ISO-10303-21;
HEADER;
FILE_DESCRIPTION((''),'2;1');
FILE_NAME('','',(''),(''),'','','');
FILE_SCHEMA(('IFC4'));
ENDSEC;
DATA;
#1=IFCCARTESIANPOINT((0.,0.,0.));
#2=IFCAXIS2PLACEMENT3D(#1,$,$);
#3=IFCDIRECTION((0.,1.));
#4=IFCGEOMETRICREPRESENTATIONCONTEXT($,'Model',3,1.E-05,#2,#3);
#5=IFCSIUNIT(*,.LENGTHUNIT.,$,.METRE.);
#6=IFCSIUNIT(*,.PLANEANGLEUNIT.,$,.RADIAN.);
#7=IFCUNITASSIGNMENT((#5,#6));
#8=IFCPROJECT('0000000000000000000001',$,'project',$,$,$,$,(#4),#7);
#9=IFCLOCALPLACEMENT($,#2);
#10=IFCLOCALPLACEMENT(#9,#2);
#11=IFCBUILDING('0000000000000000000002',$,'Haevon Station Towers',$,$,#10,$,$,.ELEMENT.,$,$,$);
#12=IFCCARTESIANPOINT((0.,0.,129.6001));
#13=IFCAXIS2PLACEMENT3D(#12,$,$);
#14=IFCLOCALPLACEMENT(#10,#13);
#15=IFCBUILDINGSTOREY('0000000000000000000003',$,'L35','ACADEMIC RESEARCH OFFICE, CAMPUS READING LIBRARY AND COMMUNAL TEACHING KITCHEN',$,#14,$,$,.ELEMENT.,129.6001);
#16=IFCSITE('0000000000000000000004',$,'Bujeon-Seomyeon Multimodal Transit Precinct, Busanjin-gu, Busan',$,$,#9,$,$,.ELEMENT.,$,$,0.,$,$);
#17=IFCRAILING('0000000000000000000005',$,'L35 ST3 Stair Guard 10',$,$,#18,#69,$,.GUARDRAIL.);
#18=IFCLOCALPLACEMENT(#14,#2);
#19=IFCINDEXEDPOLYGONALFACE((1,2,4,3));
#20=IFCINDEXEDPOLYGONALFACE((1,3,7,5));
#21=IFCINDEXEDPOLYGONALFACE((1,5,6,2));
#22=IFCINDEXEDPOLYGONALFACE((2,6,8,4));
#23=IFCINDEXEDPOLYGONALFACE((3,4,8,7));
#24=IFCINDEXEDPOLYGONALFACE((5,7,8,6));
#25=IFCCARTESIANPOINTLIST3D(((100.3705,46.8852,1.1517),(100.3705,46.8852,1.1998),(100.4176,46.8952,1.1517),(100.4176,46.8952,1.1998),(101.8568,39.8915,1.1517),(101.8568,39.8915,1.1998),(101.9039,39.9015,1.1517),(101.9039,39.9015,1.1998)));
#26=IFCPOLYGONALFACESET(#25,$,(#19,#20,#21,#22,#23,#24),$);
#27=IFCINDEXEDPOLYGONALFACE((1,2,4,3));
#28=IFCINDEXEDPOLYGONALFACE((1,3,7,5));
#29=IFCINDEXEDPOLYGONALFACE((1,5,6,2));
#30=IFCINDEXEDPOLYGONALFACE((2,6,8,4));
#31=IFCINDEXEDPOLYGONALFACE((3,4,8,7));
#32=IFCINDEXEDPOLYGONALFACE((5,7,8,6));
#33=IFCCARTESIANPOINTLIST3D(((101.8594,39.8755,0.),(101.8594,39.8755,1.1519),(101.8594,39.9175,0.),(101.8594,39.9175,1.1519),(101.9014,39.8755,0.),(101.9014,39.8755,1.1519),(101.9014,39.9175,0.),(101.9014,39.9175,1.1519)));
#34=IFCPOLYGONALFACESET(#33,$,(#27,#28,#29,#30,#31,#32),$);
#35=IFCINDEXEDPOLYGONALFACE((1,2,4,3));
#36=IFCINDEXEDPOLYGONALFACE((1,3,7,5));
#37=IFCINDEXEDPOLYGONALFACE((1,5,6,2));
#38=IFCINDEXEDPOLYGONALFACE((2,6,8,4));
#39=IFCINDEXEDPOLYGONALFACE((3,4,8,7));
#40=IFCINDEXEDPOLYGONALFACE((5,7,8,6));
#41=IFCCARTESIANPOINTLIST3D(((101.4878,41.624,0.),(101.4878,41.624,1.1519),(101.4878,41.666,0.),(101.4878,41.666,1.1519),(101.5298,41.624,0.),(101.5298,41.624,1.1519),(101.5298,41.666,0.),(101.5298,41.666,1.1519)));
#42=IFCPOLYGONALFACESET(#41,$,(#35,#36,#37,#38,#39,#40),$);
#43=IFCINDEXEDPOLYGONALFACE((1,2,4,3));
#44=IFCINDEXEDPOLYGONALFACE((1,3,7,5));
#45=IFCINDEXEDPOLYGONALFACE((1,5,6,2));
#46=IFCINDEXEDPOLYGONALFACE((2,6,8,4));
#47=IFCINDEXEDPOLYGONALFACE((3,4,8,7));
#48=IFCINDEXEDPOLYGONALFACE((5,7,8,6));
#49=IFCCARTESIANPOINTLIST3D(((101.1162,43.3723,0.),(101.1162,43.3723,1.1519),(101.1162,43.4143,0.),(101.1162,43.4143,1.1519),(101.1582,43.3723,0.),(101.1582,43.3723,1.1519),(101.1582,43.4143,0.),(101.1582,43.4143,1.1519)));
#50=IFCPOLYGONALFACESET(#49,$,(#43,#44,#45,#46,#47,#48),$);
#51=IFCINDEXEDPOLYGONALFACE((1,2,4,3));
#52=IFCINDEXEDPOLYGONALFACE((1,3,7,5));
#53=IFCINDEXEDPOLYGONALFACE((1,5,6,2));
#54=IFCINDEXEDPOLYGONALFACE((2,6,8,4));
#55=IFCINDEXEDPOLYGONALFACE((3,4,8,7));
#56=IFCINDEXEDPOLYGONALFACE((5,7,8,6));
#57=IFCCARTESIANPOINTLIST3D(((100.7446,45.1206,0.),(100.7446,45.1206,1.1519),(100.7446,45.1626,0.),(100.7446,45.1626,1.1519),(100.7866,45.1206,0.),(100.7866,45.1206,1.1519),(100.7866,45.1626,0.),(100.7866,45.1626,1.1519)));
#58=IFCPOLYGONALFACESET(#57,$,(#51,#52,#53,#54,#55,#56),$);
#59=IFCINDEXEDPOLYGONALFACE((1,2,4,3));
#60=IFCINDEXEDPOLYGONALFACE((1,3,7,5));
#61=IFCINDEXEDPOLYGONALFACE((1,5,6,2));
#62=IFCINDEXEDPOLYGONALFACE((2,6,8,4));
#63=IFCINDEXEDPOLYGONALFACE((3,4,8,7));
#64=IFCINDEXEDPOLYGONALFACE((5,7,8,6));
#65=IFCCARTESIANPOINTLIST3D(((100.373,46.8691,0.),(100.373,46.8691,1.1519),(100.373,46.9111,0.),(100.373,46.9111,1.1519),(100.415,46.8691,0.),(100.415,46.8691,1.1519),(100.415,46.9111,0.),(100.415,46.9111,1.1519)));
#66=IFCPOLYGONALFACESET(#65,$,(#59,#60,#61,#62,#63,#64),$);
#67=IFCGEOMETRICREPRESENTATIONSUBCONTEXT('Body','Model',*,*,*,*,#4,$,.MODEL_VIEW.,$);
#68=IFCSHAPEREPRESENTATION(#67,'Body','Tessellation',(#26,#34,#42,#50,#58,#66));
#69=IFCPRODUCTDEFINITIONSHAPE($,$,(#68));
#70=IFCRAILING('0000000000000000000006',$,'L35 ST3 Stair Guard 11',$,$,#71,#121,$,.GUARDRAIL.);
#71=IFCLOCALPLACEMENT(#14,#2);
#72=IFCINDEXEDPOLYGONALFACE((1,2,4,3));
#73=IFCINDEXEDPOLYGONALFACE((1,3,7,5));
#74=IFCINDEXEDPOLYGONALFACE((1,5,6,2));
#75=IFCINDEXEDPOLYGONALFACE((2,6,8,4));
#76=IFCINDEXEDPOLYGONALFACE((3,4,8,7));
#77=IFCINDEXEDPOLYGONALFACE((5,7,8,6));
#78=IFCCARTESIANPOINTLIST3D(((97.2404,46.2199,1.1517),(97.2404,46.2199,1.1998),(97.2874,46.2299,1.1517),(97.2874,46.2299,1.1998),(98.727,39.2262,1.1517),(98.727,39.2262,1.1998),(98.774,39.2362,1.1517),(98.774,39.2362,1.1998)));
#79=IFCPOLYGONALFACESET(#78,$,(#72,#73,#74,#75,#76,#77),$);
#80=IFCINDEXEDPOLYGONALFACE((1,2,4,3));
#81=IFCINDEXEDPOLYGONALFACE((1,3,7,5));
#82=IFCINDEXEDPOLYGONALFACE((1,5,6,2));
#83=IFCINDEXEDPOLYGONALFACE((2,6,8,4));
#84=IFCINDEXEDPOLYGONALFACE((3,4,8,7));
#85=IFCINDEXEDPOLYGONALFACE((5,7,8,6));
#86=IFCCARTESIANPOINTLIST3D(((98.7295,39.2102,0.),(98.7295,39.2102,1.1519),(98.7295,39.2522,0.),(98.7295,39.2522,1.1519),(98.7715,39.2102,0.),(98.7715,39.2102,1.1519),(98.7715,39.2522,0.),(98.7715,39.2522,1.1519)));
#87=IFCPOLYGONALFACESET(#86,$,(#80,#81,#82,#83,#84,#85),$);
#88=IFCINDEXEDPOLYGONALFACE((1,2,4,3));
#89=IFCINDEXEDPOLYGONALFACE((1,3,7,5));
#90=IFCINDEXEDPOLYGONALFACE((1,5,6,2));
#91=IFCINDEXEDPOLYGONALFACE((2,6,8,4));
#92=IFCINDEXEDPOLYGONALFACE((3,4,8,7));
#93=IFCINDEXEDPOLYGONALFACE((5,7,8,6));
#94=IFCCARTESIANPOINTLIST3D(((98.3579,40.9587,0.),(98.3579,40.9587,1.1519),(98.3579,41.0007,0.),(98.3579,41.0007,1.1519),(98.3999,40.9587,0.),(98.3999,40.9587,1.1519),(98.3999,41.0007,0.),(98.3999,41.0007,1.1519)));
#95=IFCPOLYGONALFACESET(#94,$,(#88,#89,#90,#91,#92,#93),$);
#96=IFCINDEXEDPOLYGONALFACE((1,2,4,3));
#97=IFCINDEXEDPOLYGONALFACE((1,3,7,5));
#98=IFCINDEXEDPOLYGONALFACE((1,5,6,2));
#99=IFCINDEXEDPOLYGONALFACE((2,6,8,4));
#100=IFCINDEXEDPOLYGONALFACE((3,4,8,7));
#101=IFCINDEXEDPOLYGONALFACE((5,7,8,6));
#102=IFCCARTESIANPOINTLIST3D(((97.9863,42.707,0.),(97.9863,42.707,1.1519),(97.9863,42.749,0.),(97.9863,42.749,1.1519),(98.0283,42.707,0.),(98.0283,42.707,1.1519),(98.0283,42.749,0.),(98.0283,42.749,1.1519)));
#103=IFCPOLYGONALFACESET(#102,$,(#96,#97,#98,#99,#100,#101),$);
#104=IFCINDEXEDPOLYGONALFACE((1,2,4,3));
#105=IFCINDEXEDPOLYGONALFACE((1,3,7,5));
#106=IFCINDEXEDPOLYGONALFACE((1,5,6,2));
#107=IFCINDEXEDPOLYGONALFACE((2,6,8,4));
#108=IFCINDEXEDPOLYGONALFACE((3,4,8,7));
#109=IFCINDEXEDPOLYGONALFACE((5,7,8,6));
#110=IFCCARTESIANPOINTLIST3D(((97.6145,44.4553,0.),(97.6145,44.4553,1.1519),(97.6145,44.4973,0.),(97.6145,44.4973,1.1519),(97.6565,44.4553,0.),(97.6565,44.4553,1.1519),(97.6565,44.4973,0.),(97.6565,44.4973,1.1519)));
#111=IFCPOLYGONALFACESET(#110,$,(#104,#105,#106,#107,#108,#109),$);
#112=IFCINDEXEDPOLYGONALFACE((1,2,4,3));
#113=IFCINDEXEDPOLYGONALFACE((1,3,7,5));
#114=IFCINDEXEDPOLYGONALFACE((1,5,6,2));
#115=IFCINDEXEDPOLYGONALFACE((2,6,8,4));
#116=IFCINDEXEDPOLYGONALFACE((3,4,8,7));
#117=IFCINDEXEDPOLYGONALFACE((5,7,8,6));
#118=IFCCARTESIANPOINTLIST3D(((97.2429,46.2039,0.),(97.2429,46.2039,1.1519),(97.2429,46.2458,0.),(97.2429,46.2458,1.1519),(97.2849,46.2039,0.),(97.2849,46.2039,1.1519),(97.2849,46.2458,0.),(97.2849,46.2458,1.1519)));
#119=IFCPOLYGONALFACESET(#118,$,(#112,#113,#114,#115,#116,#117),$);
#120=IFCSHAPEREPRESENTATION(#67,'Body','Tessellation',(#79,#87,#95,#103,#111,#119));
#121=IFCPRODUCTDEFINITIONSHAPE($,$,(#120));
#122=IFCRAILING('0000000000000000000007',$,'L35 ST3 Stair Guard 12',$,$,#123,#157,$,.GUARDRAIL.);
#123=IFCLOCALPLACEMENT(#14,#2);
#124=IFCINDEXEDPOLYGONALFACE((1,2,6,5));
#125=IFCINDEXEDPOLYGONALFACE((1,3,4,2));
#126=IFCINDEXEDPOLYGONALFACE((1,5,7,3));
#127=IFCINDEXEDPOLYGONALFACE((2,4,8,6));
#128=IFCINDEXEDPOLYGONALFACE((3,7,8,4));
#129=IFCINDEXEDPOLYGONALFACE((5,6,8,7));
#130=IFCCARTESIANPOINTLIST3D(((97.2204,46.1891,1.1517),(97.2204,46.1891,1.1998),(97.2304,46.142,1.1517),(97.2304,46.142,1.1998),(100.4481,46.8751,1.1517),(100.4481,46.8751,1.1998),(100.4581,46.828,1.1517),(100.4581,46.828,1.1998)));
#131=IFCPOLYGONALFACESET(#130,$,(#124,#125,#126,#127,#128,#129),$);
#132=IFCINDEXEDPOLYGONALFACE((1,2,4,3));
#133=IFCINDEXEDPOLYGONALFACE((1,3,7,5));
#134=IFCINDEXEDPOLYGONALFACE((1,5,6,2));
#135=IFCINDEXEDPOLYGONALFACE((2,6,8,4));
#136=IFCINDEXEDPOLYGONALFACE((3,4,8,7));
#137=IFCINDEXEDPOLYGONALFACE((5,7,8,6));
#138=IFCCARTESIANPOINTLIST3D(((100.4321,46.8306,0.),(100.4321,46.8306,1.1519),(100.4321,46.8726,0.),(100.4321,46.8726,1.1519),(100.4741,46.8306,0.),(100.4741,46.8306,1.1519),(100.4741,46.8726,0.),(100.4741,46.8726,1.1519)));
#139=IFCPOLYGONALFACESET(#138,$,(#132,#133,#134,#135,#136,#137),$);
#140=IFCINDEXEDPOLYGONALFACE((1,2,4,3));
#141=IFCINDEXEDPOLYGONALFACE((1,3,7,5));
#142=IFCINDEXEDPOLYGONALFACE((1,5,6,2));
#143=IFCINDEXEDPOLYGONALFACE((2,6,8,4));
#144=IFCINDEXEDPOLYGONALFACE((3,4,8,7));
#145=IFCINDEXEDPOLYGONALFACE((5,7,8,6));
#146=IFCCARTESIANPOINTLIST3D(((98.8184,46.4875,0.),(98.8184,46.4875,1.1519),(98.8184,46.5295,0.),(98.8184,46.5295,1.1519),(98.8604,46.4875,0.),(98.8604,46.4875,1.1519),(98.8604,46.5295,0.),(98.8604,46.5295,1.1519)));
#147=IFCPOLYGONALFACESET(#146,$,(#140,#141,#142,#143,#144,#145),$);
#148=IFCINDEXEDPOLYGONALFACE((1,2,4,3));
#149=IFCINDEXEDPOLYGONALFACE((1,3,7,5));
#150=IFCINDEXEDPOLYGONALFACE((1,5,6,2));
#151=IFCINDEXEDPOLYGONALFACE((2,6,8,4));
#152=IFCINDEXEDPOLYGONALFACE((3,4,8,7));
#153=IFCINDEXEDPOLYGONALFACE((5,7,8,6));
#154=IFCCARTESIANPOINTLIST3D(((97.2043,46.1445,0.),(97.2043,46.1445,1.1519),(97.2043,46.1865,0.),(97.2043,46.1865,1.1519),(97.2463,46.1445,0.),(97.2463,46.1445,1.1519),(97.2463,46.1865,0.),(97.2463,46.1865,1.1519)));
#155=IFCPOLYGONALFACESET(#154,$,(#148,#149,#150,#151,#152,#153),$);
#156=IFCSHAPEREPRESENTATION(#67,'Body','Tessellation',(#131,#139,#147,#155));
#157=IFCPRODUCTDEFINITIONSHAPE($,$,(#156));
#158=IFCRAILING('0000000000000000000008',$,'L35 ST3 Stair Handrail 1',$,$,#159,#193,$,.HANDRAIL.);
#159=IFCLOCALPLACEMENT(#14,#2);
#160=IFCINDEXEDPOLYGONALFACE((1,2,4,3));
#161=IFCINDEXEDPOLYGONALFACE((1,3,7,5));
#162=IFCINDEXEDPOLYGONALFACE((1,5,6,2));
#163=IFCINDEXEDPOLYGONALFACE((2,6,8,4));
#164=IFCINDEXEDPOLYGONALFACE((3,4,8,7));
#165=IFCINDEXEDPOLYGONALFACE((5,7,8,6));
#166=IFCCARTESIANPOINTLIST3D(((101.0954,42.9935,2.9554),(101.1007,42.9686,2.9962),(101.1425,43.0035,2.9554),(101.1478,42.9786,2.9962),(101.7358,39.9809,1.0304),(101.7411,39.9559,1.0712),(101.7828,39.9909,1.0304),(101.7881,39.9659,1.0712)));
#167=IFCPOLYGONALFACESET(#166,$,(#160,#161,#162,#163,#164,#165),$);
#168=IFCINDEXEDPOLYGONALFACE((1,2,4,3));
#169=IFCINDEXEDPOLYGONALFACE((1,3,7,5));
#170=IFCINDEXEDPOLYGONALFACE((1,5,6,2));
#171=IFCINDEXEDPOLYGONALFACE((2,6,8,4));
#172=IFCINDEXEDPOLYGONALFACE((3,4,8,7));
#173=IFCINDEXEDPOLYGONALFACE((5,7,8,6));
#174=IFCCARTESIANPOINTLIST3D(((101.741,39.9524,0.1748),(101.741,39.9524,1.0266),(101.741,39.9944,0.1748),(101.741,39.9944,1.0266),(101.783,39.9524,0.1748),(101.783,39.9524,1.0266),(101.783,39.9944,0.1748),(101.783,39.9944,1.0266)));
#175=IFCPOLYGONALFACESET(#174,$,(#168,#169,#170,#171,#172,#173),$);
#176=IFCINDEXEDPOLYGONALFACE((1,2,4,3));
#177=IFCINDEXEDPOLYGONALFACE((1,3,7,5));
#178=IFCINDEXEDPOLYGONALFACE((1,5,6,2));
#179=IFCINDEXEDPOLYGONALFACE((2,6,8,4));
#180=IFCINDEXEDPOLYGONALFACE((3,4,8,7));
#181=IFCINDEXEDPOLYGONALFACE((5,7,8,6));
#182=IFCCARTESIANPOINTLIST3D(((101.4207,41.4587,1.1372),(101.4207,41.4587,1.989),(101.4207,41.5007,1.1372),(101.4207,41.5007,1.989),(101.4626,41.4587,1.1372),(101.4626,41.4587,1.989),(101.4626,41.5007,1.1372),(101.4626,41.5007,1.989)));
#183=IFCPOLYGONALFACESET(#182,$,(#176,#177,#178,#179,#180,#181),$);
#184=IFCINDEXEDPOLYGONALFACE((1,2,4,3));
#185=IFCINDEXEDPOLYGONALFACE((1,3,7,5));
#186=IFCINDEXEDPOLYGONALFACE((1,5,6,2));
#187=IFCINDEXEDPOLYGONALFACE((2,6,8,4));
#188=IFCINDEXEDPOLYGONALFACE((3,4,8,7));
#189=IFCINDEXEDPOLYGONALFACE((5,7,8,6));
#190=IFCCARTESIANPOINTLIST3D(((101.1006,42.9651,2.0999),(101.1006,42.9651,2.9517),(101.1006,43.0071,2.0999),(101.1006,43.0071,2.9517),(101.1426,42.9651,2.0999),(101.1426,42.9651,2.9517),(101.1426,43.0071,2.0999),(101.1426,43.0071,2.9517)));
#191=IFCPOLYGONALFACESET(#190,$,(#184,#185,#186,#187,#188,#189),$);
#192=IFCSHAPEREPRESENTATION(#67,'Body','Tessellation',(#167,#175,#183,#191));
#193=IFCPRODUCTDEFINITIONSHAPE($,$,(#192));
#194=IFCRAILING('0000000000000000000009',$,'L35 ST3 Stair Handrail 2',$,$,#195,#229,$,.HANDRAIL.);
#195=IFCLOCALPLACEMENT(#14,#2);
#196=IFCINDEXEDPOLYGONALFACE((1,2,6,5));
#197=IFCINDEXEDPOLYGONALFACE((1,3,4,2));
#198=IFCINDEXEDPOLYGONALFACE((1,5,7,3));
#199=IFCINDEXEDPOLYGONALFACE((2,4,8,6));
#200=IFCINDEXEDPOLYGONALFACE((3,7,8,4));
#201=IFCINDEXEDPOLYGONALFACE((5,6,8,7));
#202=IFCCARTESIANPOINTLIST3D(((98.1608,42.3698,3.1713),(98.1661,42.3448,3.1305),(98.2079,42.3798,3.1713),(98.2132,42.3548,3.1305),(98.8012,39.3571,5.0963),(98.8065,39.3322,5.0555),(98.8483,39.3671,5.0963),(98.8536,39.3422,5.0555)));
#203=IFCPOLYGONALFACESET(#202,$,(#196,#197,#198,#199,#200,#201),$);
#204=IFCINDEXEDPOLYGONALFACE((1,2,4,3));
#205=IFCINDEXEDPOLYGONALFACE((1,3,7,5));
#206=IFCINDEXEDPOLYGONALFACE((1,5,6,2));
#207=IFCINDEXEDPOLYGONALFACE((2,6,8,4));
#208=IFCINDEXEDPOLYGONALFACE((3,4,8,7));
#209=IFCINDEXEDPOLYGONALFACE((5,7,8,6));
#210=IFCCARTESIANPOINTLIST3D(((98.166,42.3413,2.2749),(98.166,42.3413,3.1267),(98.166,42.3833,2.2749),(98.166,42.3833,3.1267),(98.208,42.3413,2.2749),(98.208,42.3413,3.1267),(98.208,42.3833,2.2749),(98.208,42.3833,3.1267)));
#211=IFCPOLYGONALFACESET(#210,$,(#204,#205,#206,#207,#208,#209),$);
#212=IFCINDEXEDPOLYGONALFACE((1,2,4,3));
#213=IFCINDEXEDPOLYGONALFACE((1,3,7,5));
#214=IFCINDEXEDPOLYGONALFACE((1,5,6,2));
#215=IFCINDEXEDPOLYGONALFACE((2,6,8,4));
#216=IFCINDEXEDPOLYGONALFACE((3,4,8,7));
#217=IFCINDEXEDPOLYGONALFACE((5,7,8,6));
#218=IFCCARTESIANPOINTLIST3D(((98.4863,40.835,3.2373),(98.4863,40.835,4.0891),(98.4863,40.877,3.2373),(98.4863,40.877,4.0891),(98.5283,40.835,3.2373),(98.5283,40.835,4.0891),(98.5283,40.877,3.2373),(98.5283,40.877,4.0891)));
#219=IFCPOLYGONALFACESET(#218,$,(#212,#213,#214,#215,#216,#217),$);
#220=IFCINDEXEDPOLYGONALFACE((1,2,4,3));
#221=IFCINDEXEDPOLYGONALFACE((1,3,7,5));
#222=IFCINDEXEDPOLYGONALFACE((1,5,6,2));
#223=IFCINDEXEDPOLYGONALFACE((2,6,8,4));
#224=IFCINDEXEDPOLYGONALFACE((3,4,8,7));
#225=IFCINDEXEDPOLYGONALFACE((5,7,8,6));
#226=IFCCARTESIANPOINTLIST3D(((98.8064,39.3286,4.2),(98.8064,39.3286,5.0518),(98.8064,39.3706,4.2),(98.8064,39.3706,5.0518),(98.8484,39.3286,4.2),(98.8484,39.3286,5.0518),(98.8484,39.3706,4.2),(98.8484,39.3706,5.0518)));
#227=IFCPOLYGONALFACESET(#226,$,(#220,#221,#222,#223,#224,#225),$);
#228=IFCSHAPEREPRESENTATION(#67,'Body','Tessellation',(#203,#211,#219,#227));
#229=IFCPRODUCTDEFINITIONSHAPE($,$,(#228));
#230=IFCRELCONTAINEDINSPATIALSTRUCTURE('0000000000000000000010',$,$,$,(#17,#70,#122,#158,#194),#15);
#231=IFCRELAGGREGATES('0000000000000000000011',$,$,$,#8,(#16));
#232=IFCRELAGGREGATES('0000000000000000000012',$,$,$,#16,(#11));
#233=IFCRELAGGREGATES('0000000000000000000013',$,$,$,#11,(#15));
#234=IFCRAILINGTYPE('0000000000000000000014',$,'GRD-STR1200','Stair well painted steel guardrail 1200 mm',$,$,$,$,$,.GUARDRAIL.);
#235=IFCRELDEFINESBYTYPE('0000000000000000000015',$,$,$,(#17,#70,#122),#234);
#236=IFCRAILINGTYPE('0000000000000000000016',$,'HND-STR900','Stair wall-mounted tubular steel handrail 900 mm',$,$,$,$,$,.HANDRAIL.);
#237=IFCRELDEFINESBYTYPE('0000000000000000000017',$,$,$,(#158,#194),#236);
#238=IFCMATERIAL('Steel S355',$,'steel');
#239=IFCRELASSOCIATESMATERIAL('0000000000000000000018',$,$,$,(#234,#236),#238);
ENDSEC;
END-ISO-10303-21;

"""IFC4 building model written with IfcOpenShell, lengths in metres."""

from ifc_helpers import new_model, si_unit, direction, frame, origin, origin_2d, place, context, subcontext, project, spatial, rectangle, extrude, material, type_object, element, save


model = new_model("IFC4")

# Units and contexts
model_context = context("Model", 3, precision=1e-05, world=origin(), true_north=direction((0.0, 1.0)))
body_context = subcontext(model_context, "Body", "Model", "MODEL_VIEW")
ifc_project = project(units=[si_unit("LENGTHUNIT", "METRE"), si_unit("PLANEANGLEUNIT", "RADIAN")], contexts=[model_context])

# Site, building, storey
site_placement = place(None, origin())
site = spatial("IfcSite", under=ifc_project, at=site_placement, Name="Bujeon-Seomyeon Multimodal Transit Precinct, Busanjin-gu, Busan", CompositionType="ELEMENT", RefElevation=0.0)
building_placement = place(site_placement, origin())
building = spatial("IfcBuilding", under=site, at=building_placement, Name="Haevon Station Towers", CompositionType="ELEMENT")
storey_placement = place(building_placement, frame((0.0, 0.0, 129.6001)))
storey = spatial("IfcBuildingStorey", under=building, at=storey_placement, Name="L35", Description="ACADEMIC RESEARCH OFFICE, CAMPUS READING LIBRARY AND COMMUNAL TEACHING KITCHEN", CompositionType="ELEMENT", Elevation=129.6001)

# Shared definitions
ifc_material_1 = material(Name="Steel S355", Category="steel")

# Railings
railing_type_1 = type_object("IfcRailingType", Name="GRD-STR1200", Description="Stair well painted steel guardrail 1200 mm", PredefinedType="GUARDRAIL", material=ifc_material_1)
railing_1_placement = place(storey_placement, frame((101.8804, 39.8965, 0.0)))
element("IfcRailing", 1, at=railing_1_placement, inside=storey, type_object=railing_type_1, Name="L35 ST3 Stair Guard 10", PredefinedType="GUARDRAIL", context=body_context, shape_type="SweptSolid", body=[
    extrude(rectangle(XDim=0.0481, YDim=0.0481, at=origin_2d()), frame((0.0, 0.0, 1.1758), z_axis=(-0.207882, 0.978154, 0.0), x_axis=(-0.978154, -0.207882, 0.0)), (0.0, 0.0, 1.0), 7.1499),
    extrude(rectangle(XDim=0.042, YDim=0.042, at=origin_2d()), origin(), (0.0, 0.0, 1.0), 1.1519),
    extrude(rectangle(XDim=0.042, YDim=0.042, at=origin_2d()), frame((-0.3716, 1.7485, 0.0)), (0.0, 0.0, 1.0), 1.1519),
    extrude(rectangle(XDim=0.042, YDim=0.042, at=origin_2d()), frame((-0.7432, 3.4968, 0.0)), (0.0, 0.0, 1.0), 1.1519),
    extrude(rectangle(XDim=0.042, YDim=0.042, at=origin_2d()), frame((-1.1147, 5.2451, 0.0)), (0.0, 0.0, 1.0), 1.1519),
    extrude(rectangle(XDim=0.042, YDim=0.042, at=origin_2d()), frame((-1.4863, 6.9937, 0.0)), (0.0, 0.0, 1.0), 1.1519),
])
railing_2_placement = place(storey_placement, frame((98.7505, 39.2312, 0.0)))
element("IfcRailing", 2, at=railing_2_placement, inside=storey, type_object=railing_type_1, Name="L35 ST3 Stair Guard 11", PredefinedType="GUARDRAIL", context=body_context, shape_type="SweptSolid", body=[
    extrude(rectangle(XDim=0.0481, YDim=0.0481, at=origin_2d()), frame((0.0, 0.0, 1.1758), z_axis=(-0.207915, 0.978147, 0.0), x_axis=(-0.978147, -0.207915, 0.0)), (0.0, 0.0, 1.0), 7.1499),
    extrude(rectangle(XDim=0.042, YDim=0.042, at=origin_2d()), origin(), (0.0, 0.0, 1.0), 1.1519),
    extrude(rectangle(XDim=0.042, YDim=0.042, at=origin_2d()), frame((-0.3716, 1.7485, 0.0)), (0.0, 0.0, 1.0), 1.1519),
    extrude(rectangle(XDim=0.042, YDim=0.042, at=origin_2d()), frame((-0.7432, 3.4968, 0.0)), (0.0, 0.0, 1.0), 1.1519),
    extrude(rectangle(XDim=0.042, YDim=0.042, at=origin_2d()), frame((-1.115, 5.2451, 0.0)), (0.0, 0.0, 1.0), 1.1519),
    extrude(rectangle(XDim=0.042, YDim=0.042, at=origin_2d()), frame((-1.4866, 6.9937, 0.0)), (0.0, 0.0, 1.0), 1.1519),
])
railing_3_placement = place(storey_placement, frame((100.4531, 46.8516, 0.0)))
element("IfcRailing", 3, at=railing_3_placement, inside=storey, type_object=railing_type_1, Name="L35 ST3 Stair Guard 12", PredefinedType="GUARDRAIL", context=body_context, shape_type="SweptSolid", body=[
    extrude(rectangle(XDim=0.0481, YDim=0.0481, at=origin_2d()), frame((0.0, 0.0, 1.1758), z_axis=(-0.978151, -0.207897, 0.0), x_axis=(0.207897, -0.978151, 0.0)), (0.0, 0.0, 1.0), 3.2998),
    extrude(rectangle(XDim=0.042, YDim=0.042, at=origin_2d()), origin(), (0.0, 0.0, 1.0), 1.1519),
    extrude(rectangle(XDim=0.042, YDim=0.042, at=origin_2d()), frame((-1.6138, -0.343, 0.0)), (0.0, 0.0, 1.0), 1.1519),
    extrude(rectangle(XDim=0.042, YDim=0.042, at=origin_2d()), frame((-3.2278, -0.686, 0.0)), (0.0, 0.0, 1.0), 1.1519),
])
railing_type_2 = type_object("IfcRailingType", Name="HND-STR900", Description="Stair wall-mounted tubular steel handrail 900 mm", PredefinedType="HANDRAIL", material=ifc_material_1)
railing_4_placement = place(storey_placement, frame((101.762, 39.9734, 0.1748)))
element("IfcRailing", 4, at=railing_4_placement, inside=storey, type_object=railing_type_2, Name="L35 ST3 Stair Handrail 1", PredefinedType="HANDRAIL", context=body_context, shape_type="SweptSolid", body=[
    extrude(rectangle(XDim=0.0481, YDim=0.0481, at=origin_2d()), frame((0.0, 0.0, 0.876), z_axis=(-0.176311, 0.829461, 0.530008), x_axis=(-0.978147, -0.207916, 0.0)), (0.0, 0.0, 1.0), 3.6321),
    extrude(rectangle(XDim=0.042, YDim=0.042, at=origin_2d()), origin(), (0.0, 0.0, 1.0), 0.8518),
    extrude(rectangle(XDim=0.042, YDim=0.042, at=origin_2d()), frame((-0.3203, 1.5063, 0.9624)), (0.0, 0.0, 1.0), 0.8518),
    extrude(rectangle(XDim=0.042, YDim=0.042, at=origin_2d()), frame((-0.6404, 3.0127, 1.925)), (0.0, 0.0, 1.0), 0.8518),
])
railing_5_placement = place(storey_placement, frame((98.187, 42.3623, 2.2749)))
element("IfcRailing", 5, at=railing_5_placement, inside=storey, type_object=railing_type_2, Name="L35 ST3 Stair Handrail 2", PredefinedType="HANDRAIL", context=body_context, shape_type="SweptSolid", body=[
    extrude(rectangle(XDim=0.0481, YDim=0.0481, at=origin_2d()), frame((0.0, 0.0, 0.876), z_axis=(0.176311, -0.829461, 0.530008), x_axis=(0.978147, 0.207916, 0.0)), (0.0, 0.0, 1.0), 3.6321),
    extrude(rectangle(XDim=0.042, YDim=0.042, at=origin_2d()), origin(), (0.0, 0.0, 1.0), 0.8518),
    extrude(rectangle(XDim=0.042, YDim=0.042, at=origin_2d()), frame((0.3203, -1.5063, 0.9624)), (0.0, 0.0, 1.0), 0.8518),
    extrude(rectangle(XDim=0.042, YDim=0.042, at=origin_2d()), frame((0.6404, -3.0127, 1.925)), (0.0, 0.0, 1.0), 0.8518),
])

save(model, "model.ifc")
